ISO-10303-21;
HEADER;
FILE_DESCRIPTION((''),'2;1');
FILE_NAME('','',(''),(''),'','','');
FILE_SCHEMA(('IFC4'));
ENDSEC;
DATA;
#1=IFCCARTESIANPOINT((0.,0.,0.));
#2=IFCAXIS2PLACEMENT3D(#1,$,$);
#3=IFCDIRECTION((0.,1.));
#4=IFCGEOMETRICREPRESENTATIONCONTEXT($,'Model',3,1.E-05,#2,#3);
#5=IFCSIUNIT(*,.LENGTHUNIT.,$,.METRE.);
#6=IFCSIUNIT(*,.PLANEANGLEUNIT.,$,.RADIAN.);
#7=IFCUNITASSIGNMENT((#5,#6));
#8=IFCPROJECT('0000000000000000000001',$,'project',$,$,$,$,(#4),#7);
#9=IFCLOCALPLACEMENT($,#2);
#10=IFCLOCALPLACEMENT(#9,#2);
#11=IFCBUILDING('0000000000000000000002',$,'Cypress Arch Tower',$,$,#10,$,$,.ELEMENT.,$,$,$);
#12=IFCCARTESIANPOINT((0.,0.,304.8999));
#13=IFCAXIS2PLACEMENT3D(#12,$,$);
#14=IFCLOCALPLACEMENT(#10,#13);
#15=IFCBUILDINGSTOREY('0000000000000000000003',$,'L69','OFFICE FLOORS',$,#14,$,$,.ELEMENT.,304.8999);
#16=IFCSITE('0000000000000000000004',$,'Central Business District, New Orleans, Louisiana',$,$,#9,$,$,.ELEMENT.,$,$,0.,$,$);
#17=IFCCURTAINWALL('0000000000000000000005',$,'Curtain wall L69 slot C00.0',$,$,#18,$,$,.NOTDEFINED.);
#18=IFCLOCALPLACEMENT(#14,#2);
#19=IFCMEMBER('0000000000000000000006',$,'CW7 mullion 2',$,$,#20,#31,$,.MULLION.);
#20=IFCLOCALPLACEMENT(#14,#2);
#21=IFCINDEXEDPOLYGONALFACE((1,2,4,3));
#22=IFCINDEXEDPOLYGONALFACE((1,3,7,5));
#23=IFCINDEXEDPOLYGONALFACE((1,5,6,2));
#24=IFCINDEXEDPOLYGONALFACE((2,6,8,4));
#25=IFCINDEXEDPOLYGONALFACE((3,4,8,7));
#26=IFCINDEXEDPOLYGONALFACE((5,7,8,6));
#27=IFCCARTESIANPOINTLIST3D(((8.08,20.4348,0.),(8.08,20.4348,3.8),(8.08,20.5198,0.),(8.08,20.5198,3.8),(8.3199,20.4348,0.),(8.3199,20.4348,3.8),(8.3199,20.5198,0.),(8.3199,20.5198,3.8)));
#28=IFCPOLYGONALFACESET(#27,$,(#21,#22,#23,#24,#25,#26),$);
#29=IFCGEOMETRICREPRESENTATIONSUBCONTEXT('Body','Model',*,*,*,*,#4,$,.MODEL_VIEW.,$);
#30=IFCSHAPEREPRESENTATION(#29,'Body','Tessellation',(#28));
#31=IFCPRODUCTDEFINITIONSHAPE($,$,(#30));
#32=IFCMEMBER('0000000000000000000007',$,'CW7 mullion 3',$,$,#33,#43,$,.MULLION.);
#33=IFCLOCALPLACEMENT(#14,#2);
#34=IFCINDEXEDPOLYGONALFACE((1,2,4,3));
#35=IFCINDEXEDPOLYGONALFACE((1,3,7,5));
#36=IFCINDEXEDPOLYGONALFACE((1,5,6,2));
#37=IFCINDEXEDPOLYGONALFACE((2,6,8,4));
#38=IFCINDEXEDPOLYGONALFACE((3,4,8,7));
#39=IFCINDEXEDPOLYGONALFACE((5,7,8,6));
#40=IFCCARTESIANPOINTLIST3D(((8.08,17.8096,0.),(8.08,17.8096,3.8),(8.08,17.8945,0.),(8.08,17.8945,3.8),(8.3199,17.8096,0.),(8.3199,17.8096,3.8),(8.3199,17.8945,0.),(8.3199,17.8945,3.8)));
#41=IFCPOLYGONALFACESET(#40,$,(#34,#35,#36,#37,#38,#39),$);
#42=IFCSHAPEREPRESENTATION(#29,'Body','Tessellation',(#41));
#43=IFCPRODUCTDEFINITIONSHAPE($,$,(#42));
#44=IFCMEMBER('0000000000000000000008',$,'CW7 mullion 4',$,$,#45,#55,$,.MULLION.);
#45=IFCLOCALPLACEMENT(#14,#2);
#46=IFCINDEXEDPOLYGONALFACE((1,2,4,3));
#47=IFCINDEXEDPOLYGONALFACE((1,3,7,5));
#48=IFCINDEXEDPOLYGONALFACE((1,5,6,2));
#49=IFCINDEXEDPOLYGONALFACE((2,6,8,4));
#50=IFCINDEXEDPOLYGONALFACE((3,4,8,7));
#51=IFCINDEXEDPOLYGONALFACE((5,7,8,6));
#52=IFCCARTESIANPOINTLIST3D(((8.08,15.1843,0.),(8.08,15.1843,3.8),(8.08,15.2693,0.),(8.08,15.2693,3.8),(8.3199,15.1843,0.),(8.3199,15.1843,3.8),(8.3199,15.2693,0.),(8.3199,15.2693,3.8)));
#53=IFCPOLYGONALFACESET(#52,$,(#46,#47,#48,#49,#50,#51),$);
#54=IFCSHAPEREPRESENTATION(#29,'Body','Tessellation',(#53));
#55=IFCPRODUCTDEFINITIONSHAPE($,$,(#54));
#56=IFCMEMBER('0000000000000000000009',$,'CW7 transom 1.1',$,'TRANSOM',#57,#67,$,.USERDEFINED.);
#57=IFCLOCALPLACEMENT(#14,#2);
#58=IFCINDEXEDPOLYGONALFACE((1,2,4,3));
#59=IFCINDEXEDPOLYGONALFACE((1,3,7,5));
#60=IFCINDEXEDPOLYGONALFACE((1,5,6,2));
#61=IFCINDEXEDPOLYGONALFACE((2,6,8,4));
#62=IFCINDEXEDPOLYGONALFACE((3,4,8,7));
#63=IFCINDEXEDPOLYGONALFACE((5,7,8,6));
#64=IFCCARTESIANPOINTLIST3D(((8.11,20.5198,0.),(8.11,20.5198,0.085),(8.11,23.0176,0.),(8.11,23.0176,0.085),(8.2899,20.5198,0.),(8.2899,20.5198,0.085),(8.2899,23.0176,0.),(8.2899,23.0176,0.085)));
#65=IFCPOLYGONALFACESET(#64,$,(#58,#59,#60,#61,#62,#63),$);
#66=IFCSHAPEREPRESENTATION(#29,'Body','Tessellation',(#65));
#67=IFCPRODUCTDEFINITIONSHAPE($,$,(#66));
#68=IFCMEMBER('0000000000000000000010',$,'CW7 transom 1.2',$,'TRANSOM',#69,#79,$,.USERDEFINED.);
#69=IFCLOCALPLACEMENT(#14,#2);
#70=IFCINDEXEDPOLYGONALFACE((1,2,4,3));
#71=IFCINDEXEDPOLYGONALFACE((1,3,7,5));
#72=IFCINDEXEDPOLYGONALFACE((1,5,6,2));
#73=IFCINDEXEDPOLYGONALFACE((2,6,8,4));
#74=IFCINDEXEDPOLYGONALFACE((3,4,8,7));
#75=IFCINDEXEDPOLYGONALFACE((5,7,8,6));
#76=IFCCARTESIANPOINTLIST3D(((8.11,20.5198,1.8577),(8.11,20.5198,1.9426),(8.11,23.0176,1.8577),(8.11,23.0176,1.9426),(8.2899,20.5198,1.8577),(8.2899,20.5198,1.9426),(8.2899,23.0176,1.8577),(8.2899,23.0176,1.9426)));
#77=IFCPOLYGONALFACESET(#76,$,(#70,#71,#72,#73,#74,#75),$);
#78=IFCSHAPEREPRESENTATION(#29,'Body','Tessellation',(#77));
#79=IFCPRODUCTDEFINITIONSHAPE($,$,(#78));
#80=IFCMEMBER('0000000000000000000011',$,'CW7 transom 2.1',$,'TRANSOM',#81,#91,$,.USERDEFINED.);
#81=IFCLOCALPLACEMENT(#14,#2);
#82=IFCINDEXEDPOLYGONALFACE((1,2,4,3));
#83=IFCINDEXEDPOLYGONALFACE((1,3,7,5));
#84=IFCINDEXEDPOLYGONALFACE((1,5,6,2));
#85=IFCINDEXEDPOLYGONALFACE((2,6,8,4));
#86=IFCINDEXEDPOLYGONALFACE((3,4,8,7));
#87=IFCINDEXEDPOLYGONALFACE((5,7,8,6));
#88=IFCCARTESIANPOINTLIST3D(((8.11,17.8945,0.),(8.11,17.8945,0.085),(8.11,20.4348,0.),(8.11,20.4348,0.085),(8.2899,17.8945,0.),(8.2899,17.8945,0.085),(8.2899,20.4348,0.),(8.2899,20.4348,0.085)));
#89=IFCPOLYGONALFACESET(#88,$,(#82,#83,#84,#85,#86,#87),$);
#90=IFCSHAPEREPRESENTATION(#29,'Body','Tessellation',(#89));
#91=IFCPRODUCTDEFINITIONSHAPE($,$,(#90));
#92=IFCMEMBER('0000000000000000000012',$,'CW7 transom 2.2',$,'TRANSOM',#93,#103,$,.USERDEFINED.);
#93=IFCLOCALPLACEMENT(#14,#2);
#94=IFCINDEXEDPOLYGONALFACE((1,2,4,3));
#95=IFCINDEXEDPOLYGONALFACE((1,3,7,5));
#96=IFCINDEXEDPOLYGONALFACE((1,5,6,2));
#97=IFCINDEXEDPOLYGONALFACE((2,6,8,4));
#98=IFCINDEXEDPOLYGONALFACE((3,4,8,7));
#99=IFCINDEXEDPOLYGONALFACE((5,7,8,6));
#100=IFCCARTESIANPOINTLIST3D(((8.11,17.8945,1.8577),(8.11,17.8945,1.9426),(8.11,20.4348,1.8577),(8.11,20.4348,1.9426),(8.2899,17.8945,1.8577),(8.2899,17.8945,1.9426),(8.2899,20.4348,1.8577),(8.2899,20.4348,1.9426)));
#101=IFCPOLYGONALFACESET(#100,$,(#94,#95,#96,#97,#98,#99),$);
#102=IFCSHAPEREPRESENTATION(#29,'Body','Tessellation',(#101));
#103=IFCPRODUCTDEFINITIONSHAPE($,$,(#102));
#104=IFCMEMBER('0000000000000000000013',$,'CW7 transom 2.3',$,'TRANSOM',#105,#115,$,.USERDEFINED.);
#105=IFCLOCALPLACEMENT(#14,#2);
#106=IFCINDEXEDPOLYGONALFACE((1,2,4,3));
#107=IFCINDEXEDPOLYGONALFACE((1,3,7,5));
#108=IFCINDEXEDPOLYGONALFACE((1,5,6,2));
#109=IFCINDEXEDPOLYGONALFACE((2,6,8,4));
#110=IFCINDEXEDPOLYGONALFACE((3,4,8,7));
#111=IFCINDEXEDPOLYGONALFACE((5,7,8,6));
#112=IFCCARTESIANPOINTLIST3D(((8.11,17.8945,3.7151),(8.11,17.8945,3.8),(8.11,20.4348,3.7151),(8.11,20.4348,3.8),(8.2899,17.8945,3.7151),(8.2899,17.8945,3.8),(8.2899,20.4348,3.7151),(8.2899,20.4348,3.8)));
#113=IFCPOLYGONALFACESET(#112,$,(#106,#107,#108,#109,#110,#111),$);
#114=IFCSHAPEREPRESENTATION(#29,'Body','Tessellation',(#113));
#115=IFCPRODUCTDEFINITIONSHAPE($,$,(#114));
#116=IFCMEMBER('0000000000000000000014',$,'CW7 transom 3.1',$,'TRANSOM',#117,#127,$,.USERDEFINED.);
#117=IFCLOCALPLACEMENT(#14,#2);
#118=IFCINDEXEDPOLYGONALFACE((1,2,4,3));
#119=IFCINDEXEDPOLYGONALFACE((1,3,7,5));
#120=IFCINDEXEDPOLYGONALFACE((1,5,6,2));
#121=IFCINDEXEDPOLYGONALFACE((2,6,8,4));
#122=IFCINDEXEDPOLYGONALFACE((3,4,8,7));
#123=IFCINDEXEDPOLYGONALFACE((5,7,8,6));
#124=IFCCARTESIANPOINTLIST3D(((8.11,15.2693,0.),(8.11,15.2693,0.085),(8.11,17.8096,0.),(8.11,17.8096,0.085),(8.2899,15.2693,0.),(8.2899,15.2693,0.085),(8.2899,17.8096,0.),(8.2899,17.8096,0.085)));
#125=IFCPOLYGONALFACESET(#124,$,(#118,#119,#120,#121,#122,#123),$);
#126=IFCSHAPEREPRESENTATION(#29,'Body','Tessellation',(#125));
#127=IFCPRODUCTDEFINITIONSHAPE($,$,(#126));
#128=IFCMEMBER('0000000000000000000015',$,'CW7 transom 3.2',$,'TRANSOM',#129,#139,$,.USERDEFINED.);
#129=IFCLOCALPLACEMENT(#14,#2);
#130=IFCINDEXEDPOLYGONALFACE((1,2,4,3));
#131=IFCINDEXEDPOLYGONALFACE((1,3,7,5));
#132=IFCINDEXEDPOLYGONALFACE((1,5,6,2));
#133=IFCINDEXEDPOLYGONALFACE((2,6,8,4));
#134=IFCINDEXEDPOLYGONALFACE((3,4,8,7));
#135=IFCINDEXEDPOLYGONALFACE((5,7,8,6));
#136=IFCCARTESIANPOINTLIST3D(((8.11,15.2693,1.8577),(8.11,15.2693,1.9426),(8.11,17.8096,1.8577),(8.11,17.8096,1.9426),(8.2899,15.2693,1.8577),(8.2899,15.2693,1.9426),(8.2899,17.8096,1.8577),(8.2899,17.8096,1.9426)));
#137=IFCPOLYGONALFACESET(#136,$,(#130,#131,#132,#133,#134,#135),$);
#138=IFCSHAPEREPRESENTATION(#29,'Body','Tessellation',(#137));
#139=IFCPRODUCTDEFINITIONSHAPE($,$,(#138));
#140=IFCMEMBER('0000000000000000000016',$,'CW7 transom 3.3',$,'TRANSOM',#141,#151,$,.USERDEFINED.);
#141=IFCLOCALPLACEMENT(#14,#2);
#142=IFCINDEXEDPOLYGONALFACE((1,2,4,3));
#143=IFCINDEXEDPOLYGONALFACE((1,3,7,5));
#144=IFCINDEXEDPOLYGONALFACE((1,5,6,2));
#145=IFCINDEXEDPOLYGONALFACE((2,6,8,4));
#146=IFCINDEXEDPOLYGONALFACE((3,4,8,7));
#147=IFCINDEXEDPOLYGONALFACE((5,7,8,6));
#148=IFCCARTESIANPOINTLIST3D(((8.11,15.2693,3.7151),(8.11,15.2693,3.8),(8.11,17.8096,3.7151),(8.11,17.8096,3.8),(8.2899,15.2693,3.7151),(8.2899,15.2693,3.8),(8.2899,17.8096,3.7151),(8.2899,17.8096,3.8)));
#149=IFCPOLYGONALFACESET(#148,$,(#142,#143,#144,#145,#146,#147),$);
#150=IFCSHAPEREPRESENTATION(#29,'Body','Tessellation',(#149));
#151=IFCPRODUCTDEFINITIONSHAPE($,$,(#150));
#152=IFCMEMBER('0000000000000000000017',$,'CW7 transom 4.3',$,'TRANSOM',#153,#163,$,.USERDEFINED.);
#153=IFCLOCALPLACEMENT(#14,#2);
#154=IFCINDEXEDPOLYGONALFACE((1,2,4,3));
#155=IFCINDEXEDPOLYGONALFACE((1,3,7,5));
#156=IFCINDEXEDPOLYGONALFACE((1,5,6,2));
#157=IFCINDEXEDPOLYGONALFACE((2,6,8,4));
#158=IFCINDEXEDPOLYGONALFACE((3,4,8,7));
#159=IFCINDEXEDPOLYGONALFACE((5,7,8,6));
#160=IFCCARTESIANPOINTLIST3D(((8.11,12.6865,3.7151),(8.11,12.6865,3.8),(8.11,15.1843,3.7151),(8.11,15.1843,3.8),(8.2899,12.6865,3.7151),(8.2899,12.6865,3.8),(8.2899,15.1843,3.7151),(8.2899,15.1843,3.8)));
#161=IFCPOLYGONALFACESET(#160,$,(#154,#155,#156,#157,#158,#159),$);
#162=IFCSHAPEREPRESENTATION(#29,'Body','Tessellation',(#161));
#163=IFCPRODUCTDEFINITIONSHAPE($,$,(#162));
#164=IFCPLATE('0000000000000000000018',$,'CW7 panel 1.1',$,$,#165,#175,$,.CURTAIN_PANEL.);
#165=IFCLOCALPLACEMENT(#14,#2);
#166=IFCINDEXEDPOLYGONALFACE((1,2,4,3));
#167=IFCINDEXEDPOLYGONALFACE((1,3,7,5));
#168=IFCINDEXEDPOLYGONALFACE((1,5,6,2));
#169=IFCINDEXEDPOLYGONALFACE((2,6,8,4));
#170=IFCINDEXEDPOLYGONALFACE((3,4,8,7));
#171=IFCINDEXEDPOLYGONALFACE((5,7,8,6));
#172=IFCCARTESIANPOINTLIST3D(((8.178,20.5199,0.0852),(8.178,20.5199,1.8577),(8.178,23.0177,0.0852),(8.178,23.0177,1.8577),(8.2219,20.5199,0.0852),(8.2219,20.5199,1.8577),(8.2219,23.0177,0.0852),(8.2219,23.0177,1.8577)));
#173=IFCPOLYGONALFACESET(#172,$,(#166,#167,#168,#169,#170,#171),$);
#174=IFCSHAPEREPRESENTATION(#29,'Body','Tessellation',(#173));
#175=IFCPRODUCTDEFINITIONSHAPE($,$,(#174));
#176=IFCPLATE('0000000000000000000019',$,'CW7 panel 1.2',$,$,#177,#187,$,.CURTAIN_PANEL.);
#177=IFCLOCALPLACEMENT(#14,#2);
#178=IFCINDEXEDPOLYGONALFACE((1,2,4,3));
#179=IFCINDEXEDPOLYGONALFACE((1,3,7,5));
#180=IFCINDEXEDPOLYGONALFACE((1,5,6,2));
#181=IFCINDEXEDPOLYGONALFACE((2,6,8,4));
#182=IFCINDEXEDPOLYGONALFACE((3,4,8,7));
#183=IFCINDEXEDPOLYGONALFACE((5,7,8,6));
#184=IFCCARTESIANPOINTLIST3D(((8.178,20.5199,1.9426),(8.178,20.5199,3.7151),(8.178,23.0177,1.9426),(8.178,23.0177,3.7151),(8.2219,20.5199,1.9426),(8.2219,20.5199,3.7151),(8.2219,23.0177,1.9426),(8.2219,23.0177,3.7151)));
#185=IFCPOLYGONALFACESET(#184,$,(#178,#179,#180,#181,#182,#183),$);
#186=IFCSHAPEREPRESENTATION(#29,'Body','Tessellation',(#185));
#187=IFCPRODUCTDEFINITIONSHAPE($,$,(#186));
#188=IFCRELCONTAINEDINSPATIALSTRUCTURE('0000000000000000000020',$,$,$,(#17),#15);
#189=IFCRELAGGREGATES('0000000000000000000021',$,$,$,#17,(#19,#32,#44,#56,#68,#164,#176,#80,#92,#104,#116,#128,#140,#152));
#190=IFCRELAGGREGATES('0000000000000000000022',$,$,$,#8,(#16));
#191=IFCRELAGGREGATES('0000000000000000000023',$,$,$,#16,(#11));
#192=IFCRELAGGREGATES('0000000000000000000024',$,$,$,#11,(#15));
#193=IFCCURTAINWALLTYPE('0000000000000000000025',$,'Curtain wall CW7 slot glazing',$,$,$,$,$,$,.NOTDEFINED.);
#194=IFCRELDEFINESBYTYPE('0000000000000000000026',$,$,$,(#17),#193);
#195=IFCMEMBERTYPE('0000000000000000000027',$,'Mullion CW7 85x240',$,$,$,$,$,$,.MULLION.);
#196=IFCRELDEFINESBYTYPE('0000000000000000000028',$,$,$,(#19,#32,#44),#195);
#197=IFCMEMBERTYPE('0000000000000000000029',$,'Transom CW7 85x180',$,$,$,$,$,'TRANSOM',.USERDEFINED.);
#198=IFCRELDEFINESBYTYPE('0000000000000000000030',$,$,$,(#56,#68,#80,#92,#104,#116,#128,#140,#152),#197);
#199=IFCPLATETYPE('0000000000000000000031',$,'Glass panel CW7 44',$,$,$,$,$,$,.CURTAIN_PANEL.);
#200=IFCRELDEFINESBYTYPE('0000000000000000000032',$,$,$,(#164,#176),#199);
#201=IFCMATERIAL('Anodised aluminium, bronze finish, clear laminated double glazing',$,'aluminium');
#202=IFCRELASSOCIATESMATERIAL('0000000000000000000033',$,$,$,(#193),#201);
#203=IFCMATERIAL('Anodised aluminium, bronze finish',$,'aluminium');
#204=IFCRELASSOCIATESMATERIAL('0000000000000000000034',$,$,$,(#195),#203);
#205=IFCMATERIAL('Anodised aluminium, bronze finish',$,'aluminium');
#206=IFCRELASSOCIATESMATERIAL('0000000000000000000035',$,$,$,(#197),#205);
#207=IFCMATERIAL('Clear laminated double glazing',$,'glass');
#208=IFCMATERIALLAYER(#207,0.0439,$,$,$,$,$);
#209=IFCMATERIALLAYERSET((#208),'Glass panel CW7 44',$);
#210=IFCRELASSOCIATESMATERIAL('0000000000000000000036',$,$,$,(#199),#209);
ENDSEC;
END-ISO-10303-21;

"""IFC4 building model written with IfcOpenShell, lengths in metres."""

from ifc_helpers import new_model, si_unit, direction, frame, origin, origin_2d, place, context, subcontext, project, spatial, rectangle, extrude, material, layer, layer_set, material_profile, profile_set, type_object, element, aggregate, save


model = new_model("IFC4")

# Units and contexts
model_context = context("Model", 3, precision=1e-05, world=origin(), true_north=direction((0.0, 1.0)))
body_context = subcontext(model_context, "Body", "Model", "MODEL_VIEW")
ifc_project = project(units=[si_unit("LENGTHUNIT", "METRE"), si_unit("PLANEANGLEUNIT", "RADIAN")], contexts=[model_context])

# Site, building, storey
site_placement = place(None, origin())
site = spatial("IfcSite", under=ifc_project, at=site_placement, Name="Central Business District, New Orleans, Louisiana", CompositionType="ELEMENT", RefElevation=0.0)
building_placement = place(site_placement, origin())
building = spatial("IfcBuilding", under=site, at=building_placement, Name="Cypress Arch Tower", CompositionType="ELEMENT")
storey_placement = place(building_placement, frame((0.0, 0.0, 304.8999)))
storey = spatial("IfcBuildingStorey", under=building, at=storey_placement, Name="L69", Description="OFFICE FLOORS", CompositionType="ELEMENT", Elevation=304.8999)

# Curtain wall, members, plates
ifc_material_1 = material(Name="Anodised aluminium, bronze finish, clear laminated double glazing", Category="aluminium")
curtain_wall_type = type_object("IfcCurtainWallType", Name="Curtain wall CW7 slot glazing", PredefinedType="NOTDEFINED", material=ifc_material_1)
curtain_wall_placement = place(storey_placement, origin())
curtain_wall = element("IfcCurtainWall", 1, at=curtain_wall_placement, inside=storey, type_object=curtain_wall_type, Name="Curtain wall L69 slot C00.0", PredefinedType="NOTDEFINED")
ifc_material_2 = material(Name="Anodised aluminium, bronze finish", Category="aluminium")
ifc_material_profile_1 = material_profile(ifc_material_2, rectangle(XDim=0.24, YDim=0.085, at=origin_2d()), Name="Mullion 85x240")
ifc_profile_set_1 = profile_set([ifc_material_profile_1], Name="Anodised aluminium, bronze finish")
member_type_1 = type_object("IfcMemberType", Name="Mullion CW7 85x240", PredefinedType="MULLION", material=ifc_profile_set_1)
member_1_placement = place(storey_placement, frame((8.2, 20.4773, 0.0), z_axis=(0.0, 0.0, 1.0), x_axis=(1.0, 0.0, 0.0)))
member_1 = element("IfcMember", 2, at=member_1_placement, type_object=member_type_1, Name="CW7 mullion 2", PredefinedType="MULLION", context=body_context, shape_type="SweptSolid", body=[
    extrude(rectangle(XDim=0.24, YDim=0.085, at=origin_2d()), origin(), (0.0, 0.0, 1.0), 3.8),
])
member_2_placement = place(storey_placement, frame((8.2, 17.8521, 0.0), z_axis=(0.0, 0.0, 1.0), x_axis=(1.0, 0.0, 0.0)))
member_2 = element("IfcMember", 3, at=member_2_placement, type_object=member_type_1, Name="CW7 mullion 3", PredefinedType="MULLION", context=body_context, shape_type="SweptSolid", body=[
    extrude(rectangle(XDim=0.24, YDim=0.085, at=origin_2d()), origin(), (0.0, 0.0, 1.0), 3.8),
])
member_3_placement = place(storey_placement, frame((8.2, 15.2268, 0.0), z_axis=(0.0, 0.0, 1.0), x_axis=(1.0, 0.0, 0.0)))
member_3 = element("IfcMember", 4, at=member_3_placement, type_object=member_type_1, Name="CW7 mullion 4", PredefinedType="MULLION", context=body_context, shape_type="SweptSolid", body=[
    extrude(rectangle(XDim=0.24, YDim=0.085, at=origin_2d()), origin(), (0.0, 0.0, 1.0), 3.8),
])
ifc_material_3 = material(Name="Anodised aluminium, bronze finish", Category="aluminium")
ifc_material_profile_2 = material_profile(ifc_material_3, rectangle(XDim=0.1799, YDim=0.085, at=origin_2d()), Name="Transom 85x180")
ifc_profile_set_2 = profile_set([ifc_material_profile_2], Name="Anodised aluminium, bronze finish")
member_type_2 = type_object("IfcMemberType", Name="Transom CW7 85x180", ElementType="TRANSOM", PredefinedType="USERDEFINED", material=ifc_profile_set_2)
member_4_placement = place(storey_placement, frame((8.2, 23.0176, 0.0425), z_axis=(0.0, -1.0, 0.0), x_axis=(1.0, 0.0, 0.0)))
member_4 = element("IfcMember", 5, at=member_4_placement, type_object=member_type_2, Name="CW7 transom 1.1", ObjectType="TRANSOM", PredefinedType="USERDEFINED", context=body_context, shape_type="SweptSolid", body=[
    extrude(rectangle(XDim=0.1799, YDim=0.085, at=origin_2d()), origin(), (0.0, 0.0, 1.0), 2.4978),
])
member_5_placement = place(storey_placement, frame((8.2, 23.0176, 1.9001), z_axis=(0.0, -1.0, 0.0), x_axis=(1.0, 0.0, 0.0)))
member_5 = element("IfcMember", 6, at=member_5_placement, type_object=member_type_2, Name="CW7 transom 1.2", ObjectType="TRANSOM", PredefinedType="USERDEFINED", context=body_context, shape_type="SweptSolid", body=[
    extrude(rectangle(XDim=0.1799, YDim=0.085, at=origin_2d()), origin(), (0.0, 0.0, 1.0), 2.4978),
])
member_6_placement = place(storey_placement, frame((8.2, 20.4348, 0.0425), z_axis=(0.0, -1.0, 0.0), x_axis=(1.0, 0.0, 0.0)))
member_6 = element("IfcMember", 7, at=member_6_placement, type_object=member_type_2, Name="CW7 transom 2.1", ObjectType="TRANSOM", PredefinedType="USERDEFINED", context=body_context, shape_type="SweptSolid", body=[
    extrude(rectangle(XDim=0.1799, YDim=0.085, at=origin_2d()), origin(), (0.0, 0.0, 1.0), 2.5403),
])
member_7_placement = place(storey_placement, frame((8.2, 20.4348, 1.9001), z_axis=(0.0, -1.0, 0.0), x_axis=(1.0, 0.0, 0.0)))
member_7 = element("IfcMember", 8, at=member_7_placement, type_object=member_type_2, Name="CW7 transom 2.2", ObjectType="TRANSOM", PredefinedType="USERDEFINED", context=body_context, shape_type="SweptSolid", body=[
    extrude(rectangle(XDim=0.1799, YDim=0.085, at=origin_2d()), origin(), (0.0, 0.0, 1.0), 2.5403),
])
member_8_placement = place(storey_placement, frame((8.2, 20.4348, 3.7576), z_axis=(0.0, -1.0, 0.0), x_axis=(1.0, 0.0, 0.0)))
member_8 = element("IfcMember", 9, at=member_8_placement, type_object=member_type_2, Name="CW7 transom 2.3", ObjectType="TRANSOM", PredefinedType="USERDEFINED", context=body_context, shape_type="SweptSolid", body=[
    extrude(rectangle(XDim=0.1799, YDim=0.085, at=origin_2d()), origin(), (0.0, 0.0, 1.0), 2.5403),
])
member_9_placement = place(storey_placement, frame((8.2, 17.8096, 0.0425), z_axis=(0.0, -1.0, 0.0), x_axis=(1.0, 0.0, 0.0)))
member_9 = element("IfcMember", 10, at=member_9_placement, type_object=member_type_2, Name="CW7 transom 3.1", ObjectType="TRANSOM", PredefinedType="USERDEFINED", context=body_context, shape_type="SweptSolid", body=[
    extrude(rectangle(XDim=0.1799, YDim=0.085, at=origin_2d()), origin(), (0.0, 0.0, 1.0), 2.5403),
])
member_10_placement = place(storey_placement, frame((8.2, 17.8096, 1.9001), z_axis=(0.0, -1.0, 0.0), x_axis=(1.0, 0.0, 0.0)))
member_10 = element("IfcMember", 11, at=member_10_placement, type_object=member_type_2, Name="CW7 transom 3.2", ObjectType="TRANSOM", PredefinedType="USERDEFINED", context=body_context, shape_type="SweptSolid", body=[
    extrude(rectangle(XDim=0.1799, YDim=0.085, at=origin_2d()), origin(), (0.0, 0.0, 1.0), 2.5403),
])
member_11_placement = place(storey_placement, frame((8.2, 17.8096, 3.7576), z_axis=(0.0, -1.0, 0.0), x_axis=(1.0, 0.0, 0.0)))
member_11 = element("IfcMember", 12, at=member_11_placement, type_object=member_type_2, Name="CW7 transom 3.3", ObjectType="TRANSOM", PredefinedType="USERDEFINED", context=body_context, shape_type="SweptSolid", body=[
    extrude(rectangle(XDim=0.1799, YDim=0.085, at=origin_2d()), origin(), (0.0, 0.0, 1.0), 2.5403),
])
member_12_placement = place(storey_placement, frame((8.2, 15.1843, 3.7576), z_axis=(0.0, -1.0, 0.0), x_axis=(1.0, 0.0, 0.0)))
member_12 = element("IfcMember", 13, at=member_12_placement, type_object=member_type_2, Name="CW7 transom 4.3", ObjectType="TRANSOM", PredefinedType="USERDEFINED", context=body_context, shape_type="SweptSolid", body=[
    extrude(rectangle(XDim=0.1799, YDim=0.085, at=origin_2d()), origin(), (0.0, 0.0, 1.0), 2.4978),
])
ifc_material_4 = material(Name="Clear laminated double glazing", Category="glass")
ifc_layer = layer(ifc_material_4, 0.0439)
ifc_layer_set = layer_set([ifc_layer], Name="Glass panel CW7 44")
plate_type = type_object("IfcPlateType", Name="Glass panel CW7 44", PredefinedType="CURTAIN_PANEL", material=ifc_layer_set)
plate_1_placement = place(storey_placement, frame((8.2, 21.7688, 0.0852), z_axis=(0.0, 0.0, 1.0), x_axis=(0.0, -1.0, 0.0)))
plate_1 = element("IfcPlate", 14, at=plate_1_placement, type_object=plate_type, Name="CW7 panel 1.1", PredefinedType="CURTAIN_PANEL", context=body_context, shape_type="SweptSolid", body=[
    extrude(rectangle(XDim=2.4978, YDim=0.0439, at=origin_2d()), origin(), (0.0, 0.0, 1.0), 1.7725),
])
plate_2_placement = place(storey_placement, frame((8.2, 21.7688, 1.9426), z_axis=(0.0, 0.0, 1.0), x_axis=(0.0, -1.0, 0.0)))
plate_2 = element("IfcPlate", 15, at=plate_2_placement, type_object=plate_type, Name="CW7 panel 1.2", PredefinedType="CURTAIN_PANEL", context=body_context, shape_type="SweptSolid", body=[
    extrude(rectangle(XDim=2.4978, YDim=0.0439, at=origin_2d()), origin(), (0.0, 0.0, 1.0), 1.7725),
])
aggregate(curtain_wall, [member_1, member_2, member_3, member_4, member_5, plate_1, plate_2, member_6, member_7, member_8, member_9, member_10, member_11, member_12])

save(model, "model.ifc")
